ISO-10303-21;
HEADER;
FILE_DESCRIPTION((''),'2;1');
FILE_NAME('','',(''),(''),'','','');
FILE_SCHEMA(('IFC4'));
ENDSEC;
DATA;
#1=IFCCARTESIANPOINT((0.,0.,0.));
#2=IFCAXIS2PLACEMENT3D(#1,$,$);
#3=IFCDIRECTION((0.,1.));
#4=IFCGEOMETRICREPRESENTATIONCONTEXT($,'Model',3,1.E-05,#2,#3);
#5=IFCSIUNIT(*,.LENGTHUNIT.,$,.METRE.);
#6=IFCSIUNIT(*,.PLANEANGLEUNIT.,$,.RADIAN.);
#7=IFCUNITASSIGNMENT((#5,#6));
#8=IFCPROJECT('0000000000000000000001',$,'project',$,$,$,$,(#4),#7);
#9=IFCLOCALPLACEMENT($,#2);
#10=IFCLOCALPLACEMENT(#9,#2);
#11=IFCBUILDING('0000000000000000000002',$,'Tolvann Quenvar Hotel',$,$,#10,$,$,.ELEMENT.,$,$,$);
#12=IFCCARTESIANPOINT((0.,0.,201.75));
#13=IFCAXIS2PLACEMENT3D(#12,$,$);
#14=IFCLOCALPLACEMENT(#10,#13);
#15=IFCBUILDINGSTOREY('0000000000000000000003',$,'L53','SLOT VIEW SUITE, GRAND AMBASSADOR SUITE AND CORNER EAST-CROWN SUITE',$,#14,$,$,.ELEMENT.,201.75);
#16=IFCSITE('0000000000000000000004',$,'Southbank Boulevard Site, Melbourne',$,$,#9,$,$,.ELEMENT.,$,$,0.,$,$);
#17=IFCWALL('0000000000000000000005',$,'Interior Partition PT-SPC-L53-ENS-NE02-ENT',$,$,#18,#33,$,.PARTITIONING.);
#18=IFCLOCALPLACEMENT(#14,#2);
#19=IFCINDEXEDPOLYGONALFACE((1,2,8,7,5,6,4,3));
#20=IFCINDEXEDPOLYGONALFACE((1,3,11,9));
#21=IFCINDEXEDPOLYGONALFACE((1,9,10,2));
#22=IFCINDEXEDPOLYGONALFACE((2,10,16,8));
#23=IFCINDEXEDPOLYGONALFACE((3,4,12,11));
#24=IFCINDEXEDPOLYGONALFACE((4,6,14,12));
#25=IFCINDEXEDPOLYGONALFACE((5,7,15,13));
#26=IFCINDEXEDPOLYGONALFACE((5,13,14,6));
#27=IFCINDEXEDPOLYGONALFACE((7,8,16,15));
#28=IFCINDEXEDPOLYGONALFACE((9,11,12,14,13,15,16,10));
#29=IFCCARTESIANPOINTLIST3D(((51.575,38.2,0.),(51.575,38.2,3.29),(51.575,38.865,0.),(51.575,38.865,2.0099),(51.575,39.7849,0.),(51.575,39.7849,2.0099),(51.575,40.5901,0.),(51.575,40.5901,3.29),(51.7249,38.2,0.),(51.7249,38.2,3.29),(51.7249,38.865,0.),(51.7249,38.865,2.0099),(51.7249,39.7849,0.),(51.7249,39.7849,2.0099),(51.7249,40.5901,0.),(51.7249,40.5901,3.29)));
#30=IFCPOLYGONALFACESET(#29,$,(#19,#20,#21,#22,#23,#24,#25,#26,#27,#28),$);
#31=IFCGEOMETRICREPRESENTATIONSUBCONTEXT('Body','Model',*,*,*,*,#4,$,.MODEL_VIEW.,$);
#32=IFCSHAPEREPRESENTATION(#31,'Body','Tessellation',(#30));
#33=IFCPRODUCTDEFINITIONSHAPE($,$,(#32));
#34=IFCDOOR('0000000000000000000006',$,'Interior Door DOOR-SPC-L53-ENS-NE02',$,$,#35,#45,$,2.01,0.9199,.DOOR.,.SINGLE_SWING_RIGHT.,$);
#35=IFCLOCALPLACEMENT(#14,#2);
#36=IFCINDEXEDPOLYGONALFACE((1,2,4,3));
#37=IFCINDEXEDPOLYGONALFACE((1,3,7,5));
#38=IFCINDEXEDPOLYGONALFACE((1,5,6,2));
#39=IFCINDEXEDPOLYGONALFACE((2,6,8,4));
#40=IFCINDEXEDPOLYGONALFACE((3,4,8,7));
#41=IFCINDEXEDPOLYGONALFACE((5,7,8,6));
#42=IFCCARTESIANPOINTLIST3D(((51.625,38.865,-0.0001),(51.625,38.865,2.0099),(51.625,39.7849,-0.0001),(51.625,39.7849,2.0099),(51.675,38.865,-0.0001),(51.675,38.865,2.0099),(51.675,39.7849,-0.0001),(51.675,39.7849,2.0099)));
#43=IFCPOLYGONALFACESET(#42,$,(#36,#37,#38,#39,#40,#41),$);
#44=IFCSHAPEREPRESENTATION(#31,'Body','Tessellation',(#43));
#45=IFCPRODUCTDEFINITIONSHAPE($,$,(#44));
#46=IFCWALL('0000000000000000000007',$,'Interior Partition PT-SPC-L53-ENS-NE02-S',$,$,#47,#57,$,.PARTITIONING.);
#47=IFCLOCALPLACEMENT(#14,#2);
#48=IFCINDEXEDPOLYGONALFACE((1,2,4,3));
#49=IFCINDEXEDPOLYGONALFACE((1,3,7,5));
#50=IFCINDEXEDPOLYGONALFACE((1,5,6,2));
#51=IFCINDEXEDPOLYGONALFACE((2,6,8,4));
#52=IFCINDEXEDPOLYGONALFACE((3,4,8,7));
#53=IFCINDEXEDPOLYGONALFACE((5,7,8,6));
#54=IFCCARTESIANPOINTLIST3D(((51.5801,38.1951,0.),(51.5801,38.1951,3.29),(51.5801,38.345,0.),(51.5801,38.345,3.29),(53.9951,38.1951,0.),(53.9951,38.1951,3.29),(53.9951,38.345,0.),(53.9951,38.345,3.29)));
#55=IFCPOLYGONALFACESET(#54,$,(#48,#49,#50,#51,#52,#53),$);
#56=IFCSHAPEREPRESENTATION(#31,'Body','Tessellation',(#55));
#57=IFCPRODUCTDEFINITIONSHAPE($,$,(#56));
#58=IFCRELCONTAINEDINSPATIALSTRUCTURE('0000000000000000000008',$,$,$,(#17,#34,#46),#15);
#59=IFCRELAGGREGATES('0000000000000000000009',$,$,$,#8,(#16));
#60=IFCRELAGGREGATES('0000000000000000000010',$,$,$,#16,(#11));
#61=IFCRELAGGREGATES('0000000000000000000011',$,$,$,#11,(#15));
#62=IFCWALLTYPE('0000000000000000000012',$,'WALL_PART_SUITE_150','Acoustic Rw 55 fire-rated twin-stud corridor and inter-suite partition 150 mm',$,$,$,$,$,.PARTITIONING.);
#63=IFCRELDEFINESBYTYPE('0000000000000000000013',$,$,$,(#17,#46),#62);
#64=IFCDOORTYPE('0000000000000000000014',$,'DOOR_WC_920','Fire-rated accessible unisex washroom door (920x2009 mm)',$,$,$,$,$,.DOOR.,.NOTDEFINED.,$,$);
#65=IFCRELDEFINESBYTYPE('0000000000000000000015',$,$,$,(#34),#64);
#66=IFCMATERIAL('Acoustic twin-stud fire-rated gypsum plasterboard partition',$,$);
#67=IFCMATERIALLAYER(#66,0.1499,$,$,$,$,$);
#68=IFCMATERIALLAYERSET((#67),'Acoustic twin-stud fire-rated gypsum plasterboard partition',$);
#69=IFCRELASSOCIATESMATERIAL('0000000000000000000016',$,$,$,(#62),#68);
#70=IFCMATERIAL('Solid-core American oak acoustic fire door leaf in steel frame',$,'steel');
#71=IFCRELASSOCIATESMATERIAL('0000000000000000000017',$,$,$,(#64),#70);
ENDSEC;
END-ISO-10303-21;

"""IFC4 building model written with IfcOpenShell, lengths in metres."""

from ifc_helpers import new_model, si_unit, direction, frame, frame_2d, origin, place, context, subcontext, project, spatial, rectangle, extrude, source, transform, mapped, material, layer, layer_set, type_object, type_shapes, element, fill, save


model = new_model("IFC4")

# Units and contexts
model_context = context("Model", 3, precision=1e-05, world=origin(), true_north=direction((0.0, 1.0)))
body_context = subcontext(model_context, "Body", "Model", "MODEL_VIEW")
ifc_project = project(units=[si_unit("LENGTHUNIT", "METRE"), si_unit("PLANEANGLEUNIT", "RADIAN")], contexts=[model_context])

# Site, building, storey
site_placement = place(None, origin())
site = spatial("IfcSite", under=ifc_project, at=site_placement, Name="Southbank Boulevard Site, Melbourne", CompositionType="ELEMENT", RefElevation=0.0)
building_placement = place(site_placement, origin())
building = spatial("IfcBuilding", under=site, at=building_placement, Name="Tolvann Quenvar Hotel", CompositionType="ELEMENT")
storey_placement = place(building_placement, frame((0.0, 0.0, 201.75)))
storey = spatial("IfcBuildingStorey", under=building, at=storey_placement, Name="L53", Description="SLOT VIEW SUITE, GRAND AMBASSADOR SUITE AND CORNER EAST-CROWN SUITE", CompositionType="ELEMENT", Elevation=201.75)

# Wall, opening, door
ifc_material_1 = material(Name="Acoustic twin-stud fire-rated gypsum plasterboard partition")
ifc_layer_1 = layer(ifc_material_1, 0.1499)
ifc_layer_set_1 = layer_set([ifc_layer_1], Name="Acoustic twin-stud fire-rated gypsum plasterboard partition")
wall_type_1 = type_object("IfcWallType", Name="WALL_PART_SUITE_150", Description="Acoustic Rw 55 fire-rated twin-stud corridor and inter-suite partition 150 mm", PredefinedType="PARTITIONING", material=ifc_layer_set_1)
wall_1_placement = place(storey_placement, frame((51.6499, 38.2, 0.0), z_axis=(0.0, 0.0, 1.0), x_axis=(0.0, 1.0, 0.0)))
wall_1 = element("IfcWall", 1, at=wall_1_placement, inside=storey, type_object=wall_type_1, Name="Interior Partition PT-SPC-L53-ENS-NE02-ENT", PredefinedType="PARTITIONING", context=body_context, shape_type="SweptSolid", body=[
    extrude(rectangle(XDim=2.3901, YDim=0.1499, at=frame_2d((1.1951, 0.0))), origin(), (0.0, 0.0, 1.0), 3.29),
])
opening_1_placement = place(wall_1_placement, frame((0.665, 0.0, 0.0)))
opening_1 = element("IfcOpeningElement", 2, at=opening_1_placement, cuts=wall_1, PredefinedType="OPENING", context=body_context, shape_type="SweptSolid", body=[
    extrude(rectangle(XDim=0.9199, YDim=2.01, at=frame_2d((0.46, 1.0049))), frame((0.0, 0.085, 0.0), z_axis=(0.0, -1.0, 0.0), x_axis=(1.0, 0.0, 0.0)), (0.0, 0.0, 1.0), 0.1699),
])
ifc_material_2 = material(Name="Solid-core American oak acoustic fire door leaf in steel frame", Category="steel")
door_type = type_object("IfcDoorType", Name="DOOR_WC_920", Description="Fire-rated accessible unisex washroom door (920x2009 mm)", OperationType="NOTDEFINED", PredefinedType="DOOR", material=ifc_material_2)
shared_shape_1 = source(origin(), body_context, "Body", "SweptSolid", [
    extrude(rectangle(XDim=0.9199, YDim=2.01, at=frame_2d((0.46, 1.0049))), frame((0.0, 0.0249, 0.0), z_axis=(0.0, -1.0, 0.0), x_axis=(1.0, 0.0, 0.0)), (0.0, 0.0, 1.0), 0.05),
])
type_shapes(door_type, [shared_shape_1])
door_placement = place(opening_1_placement, origin())
door = element("IfcDoor", 3, at=door_placement, inside=storey, type_object=door_type, Name="Interior Door DOOR-SPC-L53-ENS-NE02", OperationType="SINGLE_SWING_RIGHT", OverallHeight=2.01, OverallWidth=0.9199, PredefinedType="DOOR", context=body_context, shape_type="MappedRepresentation", body=[
    mapped(shared_shape_1, transform((0.0, 0.0, 0.0), x_axis=(1.0, 0.0, 0.0), y_axis=(0.0, 1.0, 0.0), z_axis=(0.0, 0.0, 1.0), scale=1.0)),
])
fill(opening_1, door)

# Wall
wall_2_placement = place(storey_placement, frame((51.5801, 38.27, 0.0), z_axis=(0.0, 0.0, 1.0), x_axis=(1.0, 0.0, 0.0)))
element("IfcWall", 4, at=wall_2_placement, inside=storey, type_object=wall_type_1, Name="Interior Partition PT-SPC-L53-ENS-NE02-S", PredefinedType="PARTITIONING", context=body_context, shape_type="SweptSolid", body=[
    extrude(rectangle(XDim=2.415, YDim=0.1499, at=frame_2d((1.2075, 0.0))), origin(), (0.0, 0.0, 1.0), 3.29),
])

save(model, "model.ifc")
